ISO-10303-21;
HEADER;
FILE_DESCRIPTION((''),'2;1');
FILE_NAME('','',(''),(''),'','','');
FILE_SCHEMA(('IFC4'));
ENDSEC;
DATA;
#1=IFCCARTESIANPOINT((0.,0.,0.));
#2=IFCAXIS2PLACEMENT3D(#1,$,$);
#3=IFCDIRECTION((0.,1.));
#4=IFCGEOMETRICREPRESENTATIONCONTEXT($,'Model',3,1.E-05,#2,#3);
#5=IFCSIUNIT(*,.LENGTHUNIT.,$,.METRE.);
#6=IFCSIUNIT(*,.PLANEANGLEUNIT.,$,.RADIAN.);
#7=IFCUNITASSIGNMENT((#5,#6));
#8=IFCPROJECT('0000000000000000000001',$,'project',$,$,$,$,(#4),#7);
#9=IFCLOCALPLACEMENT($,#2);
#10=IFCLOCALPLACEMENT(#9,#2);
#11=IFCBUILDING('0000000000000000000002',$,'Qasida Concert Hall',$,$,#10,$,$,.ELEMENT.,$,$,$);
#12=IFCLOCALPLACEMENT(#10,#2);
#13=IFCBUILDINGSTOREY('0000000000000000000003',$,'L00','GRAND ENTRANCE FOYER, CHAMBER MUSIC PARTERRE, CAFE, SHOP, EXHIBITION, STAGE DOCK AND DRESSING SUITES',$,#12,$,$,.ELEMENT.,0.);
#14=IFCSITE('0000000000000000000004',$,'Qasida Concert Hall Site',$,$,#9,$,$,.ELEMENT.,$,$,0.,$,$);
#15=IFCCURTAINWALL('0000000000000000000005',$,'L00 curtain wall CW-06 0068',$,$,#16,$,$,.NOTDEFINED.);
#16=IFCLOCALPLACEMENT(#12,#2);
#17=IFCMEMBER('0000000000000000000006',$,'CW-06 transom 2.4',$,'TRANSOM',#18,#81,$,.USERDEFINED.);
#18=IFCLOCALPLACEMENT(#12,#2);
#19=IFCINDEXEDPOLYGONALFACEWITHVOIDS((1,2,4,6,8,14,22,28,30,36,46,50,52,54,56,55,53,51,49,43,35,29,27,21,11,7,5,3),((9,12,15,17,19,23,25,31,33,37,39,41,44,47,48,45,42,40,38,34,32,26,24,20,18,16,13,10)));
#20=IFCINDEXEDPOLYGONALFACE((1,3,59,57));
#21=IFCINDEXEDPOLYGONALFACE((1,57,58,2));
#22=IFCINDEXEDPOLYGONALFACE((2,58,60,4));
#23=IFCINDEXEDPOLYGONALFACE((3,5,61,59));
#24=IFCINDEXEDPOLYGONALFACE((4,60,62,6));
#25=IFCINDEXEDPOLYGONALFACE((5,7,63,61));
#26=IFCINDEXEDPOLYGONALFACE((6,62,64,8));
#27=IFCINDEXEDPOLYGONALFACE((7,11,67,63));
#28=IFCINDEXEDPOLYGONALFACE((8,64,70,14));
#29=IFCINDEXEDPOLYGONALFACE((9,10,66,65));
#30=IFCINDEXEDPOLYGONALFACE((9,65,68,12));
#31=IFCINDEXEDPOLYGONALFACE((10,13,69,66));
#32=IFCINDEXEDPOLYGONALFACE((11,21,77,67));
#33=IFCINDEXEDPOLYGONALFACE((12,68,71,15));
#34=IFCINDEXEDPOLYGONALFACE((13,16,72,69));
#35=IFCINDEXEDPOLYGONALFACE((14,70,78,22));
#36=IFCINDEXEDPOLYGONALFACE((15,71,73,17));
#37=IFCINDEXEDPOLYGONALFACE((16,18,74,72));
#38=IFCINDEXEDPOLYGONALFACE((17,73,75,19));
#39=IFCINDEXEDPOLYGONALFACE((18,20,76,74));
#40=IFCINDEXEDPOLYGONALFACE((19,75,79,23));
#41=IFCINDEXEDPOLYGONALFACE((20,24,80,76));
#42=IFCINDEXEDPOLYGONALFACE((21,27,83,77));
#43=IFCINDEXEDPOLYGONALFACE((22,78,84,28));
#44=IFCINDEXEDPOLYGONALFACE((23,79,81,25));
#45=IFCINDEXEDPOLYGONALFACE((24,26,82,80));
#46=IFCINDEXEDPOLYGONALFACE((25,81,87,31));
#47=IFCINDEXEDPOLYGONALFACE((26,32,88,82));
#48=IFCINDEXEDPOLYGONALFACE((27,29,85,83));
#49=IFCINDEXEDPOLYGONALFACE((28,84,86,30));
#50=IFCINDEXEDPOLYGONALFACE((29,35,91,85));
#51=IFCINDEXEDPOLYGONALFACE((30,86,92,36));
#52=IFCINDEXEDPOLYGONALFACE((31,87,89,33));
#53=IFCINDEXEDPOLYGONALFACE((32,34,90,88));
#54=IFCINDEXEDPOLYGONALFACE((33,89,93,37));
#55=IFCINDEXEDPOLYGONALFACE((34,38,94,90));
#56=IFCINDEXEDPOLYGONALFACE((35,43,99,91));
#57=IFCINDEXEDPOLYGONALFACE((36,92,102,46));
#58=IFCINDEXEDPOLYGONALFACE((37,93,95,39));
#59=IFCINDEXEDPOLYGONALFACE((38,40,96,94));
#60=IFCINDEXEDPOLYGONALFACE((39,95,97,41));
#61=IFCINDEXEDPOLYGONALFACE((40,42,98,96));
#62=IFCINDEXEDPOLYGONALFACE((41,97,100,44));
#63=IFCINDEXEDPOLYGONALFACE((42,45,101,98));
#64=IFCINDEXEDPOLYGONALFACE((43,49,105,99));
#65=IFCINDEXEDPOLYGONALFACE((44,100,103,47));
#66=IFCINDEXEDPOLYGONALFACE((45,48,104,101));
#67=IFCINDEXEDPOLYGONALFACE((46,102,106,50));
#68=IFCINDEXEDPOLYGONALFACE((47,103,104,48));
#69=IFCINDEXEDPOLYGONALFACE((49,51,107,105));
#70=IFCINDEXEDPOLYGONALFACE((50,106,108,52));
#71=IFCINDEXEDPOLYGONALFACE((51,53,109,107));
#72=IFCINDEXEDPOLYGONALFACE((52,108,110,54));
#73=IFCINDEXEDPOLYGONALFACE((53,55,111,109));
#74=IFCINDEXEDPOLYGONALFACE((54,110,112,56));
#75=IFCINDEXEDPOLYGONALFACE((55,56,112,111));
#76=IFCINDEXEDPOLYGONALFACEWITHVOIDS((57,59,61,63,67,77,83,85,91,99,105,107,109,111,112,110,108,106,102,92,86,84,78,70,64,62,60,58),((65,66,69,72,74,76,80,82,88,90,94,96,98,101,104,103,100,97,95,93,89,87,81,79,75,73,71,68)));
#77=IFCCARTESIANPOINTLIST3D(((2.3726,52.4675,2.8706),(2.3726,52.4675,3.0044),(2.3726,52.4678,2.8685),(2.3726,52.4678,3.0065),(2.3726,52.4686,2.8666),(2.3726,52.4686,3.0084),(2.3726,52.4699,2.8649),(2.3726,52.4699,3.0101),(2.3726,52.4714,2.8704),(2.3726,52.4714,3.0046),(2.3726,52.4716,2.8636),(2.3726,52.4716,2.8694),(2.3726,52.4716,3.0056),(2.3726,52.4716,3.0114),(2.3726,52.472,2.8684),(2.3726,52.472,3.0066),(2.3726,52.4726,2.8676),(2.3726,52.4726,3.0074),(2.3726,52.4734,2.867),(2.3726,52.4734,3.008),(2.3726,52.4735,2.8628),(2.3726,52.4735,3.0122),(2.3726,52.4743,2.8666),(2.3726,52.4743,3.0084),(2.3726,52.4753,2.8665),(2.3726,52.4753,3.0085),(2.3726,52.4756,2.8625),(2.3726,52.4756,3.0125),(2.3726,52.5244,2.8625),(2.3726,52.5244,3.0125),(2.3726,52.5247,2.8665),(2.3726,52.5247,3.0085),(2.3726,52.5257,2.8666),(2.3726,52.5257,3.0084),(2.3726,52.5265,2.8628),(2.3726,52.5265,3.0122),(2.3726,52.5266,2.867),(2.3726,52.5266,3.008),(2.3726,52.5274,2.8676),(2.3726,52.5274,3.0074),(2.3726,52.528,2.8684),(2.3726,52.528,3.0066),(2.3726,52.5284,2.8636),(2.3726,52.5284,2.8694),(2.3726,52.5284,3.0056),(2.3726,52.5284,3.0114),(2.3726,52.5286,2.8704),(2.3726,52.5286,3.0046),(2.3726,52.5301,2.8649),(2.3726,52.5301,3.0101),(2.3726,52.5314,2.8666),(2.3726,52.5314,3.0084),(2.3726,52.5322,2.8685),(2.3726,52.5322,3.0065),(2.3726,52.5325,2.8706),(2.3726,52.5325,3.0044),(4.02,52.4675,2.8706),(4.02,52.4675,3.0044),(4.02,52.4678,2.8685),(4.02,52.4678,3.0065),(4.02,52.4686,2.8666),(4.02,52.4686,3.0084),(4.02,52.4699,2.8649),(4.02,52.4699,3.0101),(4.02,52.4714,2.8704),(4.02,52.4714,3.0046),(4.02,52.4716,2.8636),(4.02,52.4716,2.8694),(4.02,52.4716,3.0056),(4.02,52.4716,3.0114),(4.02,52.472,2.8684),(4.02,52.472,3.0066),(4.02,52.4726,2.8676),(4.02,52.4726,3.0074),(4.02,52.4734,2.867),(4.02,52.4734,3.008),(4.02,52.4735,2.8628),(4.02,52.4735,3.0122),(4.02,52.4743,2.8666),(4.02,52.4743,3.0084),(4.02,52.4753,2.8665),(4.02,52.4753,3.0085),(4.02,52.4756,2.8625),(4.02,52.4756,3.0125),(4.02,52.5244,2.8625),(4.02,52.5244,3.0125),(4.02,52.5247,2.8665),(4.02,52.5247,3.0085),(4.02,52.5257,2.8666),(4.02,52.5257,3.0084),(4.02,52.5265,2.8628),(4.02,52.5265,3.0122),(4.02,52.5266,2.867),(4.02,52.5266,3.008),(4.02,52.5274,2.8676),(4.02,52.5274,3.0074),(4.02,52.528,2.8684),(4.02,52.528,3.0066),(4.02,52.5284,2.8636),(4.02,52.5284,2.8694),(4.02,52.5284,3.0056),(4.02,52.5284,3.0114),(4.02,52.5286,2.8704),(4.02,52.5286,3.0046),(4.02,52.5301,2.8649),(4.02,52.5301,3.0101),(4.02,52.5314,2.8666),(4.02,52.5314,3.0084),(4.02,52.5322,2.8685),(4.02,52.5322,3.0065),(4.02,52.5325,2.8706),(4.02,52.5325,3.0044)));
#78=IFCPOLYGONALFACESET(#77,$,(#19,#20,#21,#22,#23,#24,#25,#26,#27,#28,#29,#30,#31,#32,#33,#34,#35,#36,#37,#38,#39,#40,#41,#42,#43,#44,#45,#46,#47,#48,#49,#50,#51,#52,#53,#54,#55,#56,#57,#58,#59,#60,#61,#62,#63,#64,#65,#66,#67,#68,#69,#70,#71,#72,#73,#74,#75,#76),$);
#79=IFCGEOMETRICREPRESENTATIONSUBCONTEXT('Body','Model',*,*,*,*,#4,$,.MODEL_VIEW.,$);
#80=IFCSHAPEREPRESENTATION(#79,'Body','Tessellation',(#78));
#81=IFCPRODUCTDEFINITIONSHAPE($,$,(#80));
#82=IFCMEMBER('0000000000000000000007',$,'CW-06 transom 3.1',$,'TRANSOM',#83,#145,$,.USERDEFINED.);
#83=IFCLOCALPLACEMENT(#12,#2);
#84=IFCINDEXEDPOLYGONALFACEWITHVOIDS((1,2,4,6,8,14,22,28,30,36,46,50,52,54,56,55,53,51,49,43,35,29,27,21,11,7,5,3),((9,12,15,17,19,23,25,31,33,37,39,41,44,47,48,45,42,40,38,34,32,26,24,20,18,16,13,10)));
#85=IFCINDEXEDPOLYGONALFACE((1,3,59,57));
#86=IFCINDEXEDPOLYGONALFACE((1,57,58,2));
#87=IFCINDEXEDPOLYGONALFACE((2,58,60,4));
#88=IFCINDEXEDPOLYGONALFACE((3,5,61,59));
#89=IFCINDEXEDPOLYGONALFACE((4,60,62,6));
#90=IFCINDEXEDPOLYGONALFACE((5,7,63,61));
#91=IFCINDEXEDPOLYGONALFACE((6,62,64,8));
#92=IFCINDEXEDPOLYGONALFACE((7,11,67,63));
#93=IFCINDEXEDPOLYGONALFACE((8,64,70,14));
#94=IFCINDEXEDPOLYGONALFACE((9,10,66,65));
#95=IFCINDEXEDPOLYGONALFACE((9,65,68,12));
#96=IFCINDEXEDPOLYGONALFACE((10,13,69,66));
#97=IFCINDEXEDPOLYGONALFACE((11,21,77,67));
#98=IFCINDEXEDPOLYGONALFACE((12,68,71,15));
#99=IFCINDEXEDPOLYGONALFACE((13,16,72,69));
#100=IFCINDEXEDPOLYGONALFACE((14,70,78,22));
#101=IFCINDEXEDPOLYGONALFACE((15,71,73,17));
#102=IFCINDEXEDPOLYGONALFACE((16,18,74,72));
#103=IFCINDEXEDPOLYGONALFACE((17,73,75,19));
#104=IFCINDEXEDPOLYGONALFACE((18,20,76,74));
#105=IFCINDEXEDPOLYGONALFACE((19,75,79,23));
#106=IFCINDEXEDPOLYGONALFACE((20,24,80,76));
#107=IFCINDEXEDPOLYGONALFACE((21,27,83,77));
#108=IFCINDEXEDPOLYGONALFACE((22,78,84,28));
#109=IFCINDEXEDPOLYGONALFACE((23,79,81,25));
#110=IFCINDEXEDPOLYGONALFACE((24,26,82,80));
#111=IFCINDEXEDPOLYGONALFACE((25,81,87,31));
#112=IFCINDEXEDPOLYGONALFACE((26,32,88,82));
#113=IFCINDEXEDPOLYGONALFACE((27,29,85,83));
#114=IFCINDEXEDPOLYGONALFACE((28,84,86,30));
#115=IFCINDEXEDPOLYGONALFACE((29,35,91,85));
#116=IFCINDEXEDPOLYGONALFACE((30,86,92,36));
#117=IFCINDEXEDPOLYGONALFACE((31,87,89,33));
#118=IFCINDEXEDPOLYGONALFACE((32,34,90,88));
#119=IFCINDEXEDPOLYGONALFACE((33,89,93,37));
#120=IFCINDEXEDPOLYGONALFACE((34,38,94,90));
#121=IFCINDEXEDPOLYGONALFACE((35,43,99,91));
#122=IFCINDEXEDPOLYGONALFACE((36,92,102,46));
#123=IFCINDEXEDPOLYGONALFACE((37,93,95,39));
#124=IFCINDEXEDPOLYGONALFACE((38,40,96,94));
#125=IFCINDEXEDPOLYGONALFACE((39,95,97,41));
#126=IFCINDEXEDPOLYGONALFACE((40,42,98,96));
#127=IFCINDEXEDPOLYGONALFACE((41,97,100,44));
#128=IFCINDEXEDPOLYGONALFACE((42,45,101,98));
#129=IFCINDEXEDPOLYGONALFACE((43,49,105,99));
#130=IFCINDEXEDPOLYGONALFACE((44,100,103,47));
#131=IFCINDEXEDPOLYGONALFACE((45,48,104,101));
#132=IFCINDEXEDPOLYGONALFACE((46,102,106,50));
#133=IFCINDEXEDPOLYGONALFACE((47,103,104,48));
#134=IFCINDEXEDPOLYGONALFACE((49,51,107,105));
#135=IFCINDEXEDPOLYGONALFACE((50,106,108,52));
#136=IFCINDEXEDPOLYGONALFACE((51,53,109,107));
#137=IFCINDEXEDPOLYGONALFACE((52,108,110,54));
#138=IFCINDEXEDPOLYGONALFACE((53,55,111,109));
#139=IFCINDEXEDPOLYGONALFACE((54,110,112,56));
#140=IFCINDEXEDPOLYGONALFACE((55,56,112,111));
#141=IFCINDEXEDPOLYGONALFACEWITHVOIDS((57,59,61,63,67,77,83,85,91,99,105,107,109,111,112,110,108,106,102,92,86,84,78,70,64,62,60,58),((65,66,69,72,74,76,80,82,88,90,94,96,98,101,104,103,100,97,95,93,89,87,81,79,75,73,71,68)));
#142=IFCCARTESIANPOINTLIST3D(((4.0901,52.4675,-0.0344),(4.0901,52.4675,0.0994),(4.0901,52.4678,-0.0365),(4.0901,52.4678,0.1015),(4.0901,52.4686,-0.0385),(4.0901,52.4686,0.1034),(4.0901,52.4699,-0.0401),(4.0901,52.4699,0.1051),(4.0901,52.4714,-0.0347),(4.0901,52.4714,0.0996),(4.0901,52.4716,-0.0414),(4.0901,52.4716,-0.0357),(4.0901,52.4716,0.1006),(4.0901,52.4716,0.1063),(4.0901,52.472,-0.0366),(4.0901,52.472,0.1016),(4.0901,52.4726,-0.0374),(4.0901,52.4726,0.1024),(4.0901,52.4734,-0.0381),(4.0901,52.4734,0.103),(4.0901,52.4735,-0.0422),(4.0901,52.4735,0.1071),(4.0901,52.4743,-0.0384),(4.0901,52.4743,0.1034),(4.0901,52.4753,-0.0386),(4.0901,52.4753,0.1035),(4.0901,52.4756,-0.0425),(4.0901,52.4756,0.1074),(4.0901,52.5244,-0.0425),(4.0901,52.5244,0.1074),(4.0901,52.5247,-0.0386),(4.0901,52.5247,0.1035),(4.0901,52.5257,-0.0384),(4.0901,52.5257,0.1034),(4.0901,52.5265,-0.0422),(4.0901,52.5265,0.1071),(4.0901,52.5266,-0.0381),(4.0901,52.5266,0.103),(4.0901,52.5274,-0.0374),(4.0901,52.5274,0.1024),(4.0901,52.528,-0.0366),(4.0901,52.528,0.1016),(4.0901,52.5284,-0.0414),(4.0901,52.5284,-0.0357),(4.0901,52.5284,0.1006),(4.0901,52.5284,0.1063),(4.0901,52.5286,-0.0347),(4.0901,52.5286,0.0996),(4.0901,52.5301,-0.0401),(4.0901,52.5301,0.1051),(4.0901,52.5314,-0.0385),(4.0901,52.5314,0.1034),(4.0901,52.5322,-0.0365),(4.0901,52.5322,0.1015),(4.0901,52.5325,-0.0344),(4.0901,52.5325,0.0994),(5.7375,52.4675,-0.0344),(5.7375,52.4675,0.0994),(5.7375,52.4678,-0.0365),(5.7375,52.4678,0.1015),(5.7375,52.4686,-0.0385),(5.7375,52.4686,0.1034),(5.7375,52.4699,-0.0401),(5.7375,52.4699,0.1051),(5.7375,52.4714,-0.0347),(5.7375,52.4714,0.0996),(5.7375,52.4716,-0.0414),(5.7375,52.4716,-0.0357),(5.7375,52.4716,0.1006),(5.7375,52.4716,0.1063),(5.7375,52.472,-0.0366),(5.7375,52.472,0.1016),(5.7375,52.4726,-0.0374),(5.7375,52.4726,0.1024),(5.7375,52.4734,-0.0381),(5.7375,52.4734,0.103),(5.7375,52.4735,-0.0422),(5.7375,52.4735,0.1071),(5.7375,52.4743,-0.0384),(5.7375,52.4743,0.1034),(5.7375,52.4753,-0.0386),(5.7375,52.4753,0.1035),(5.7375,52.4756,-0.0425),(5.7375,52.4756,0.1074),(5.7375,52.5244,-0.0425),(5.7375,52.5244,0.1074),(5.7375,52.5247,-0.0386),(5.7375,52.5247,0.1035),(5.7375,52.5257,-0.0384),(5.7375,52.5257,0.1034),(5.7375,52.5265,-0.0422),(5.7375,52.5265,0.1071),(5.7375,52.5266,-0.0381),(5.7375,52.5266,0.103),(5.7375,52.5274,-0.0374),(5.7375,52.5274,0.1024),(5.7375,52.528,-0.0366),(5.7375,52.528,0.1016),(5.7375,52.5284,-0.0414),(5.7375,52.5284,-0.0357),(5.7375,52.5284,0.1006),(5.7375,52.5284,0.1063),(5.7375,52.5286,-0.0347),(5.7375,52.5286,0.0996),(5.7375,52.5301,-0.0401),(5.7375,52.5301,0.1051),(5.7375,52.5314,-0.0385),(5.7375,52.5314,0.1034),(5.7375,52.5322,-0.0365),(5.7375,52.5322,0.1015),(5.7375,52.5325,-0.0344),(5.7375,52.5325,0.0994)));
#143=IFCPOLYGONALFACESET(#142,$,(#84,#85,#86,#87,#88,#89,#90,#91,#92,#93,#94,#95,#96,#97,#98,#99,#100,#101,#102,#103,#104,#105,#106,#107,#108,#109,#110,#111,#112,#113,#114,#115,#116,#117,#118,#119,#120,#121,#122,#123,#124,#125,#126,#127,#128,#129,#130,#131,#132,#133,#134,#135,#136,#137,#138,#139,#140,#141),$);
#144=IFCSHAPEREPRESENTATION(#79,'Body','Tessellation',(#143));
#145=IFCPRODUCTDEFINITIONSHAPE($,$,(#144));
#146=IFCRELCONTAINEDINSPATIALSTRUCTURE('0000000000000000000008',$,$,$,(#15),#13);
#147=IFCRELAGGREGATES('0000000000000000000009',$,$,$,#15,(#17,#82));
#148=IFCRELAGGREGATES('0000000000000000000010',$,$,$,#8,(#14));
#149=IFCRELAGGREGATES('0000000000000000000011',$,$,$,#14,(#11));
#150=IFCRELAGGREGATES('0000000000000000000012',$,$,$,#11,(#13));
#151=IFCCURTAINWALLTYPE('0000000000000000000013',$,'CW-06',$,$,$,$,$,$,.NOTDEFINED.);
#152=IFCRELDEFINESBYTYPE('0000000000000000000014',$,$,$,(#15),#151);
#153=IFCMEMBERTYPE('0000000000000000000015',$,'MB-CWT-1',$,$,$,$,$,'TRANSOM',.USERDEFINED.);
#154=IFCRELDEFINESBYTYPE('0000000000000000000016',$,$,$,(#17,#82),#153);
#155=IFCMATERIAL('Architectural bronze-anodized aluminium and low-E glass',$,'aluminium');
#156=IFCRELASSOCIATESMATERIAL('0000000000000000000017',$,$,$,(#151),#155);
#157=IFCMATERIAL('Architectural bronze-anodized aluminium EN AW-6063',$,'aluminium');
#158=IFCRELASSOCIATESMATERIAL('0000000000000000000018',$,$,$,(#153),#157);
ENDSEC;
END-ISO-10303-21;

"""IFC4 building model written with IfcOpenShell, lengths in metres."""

from ifc_helpers import new_model, si_unit, direction, frame, origin, origin_2d, place, context, subcontext, project, spatial, hollow_rectangle, extrude, material, material_profile, profile_set, type_object, element, aggregate, save


model = new_model("IFC4")

# Units and contexts
model_context = context("Model", 3, precision=1e-05, world=origin(), true_north=direction((0.0, 1.0)))
body_context = subcontext(model_context, "Body", "Model", "MODEL_VIEW")
ifc_project = project(units=[si_unit("LENGTHUNIT", "METRE"), si_unit("PLANEANGLEUNIT", "RADIAN")], contexts=[model_context])

# Site, building, storey
site_placement = place(None, origin())
site = spatial("IfcSite", under=ifc_project, at=site_placement, Name="Qasida Concert Hall Site", CompositionType="ELEMENT", RefElevation=0.0)
building_placement = place(site_placement, origin())
building = spatial("IfcBuilding", under=site, at=building_placement, Name="Qasida Concert Hall", CompositionType="ELEMENT")
storey_placement = place(building_placement, origin())
storey = spatial("IfcBuildingStorey", under=building, at=storey_placement, Name="L00", Description="GRAND ENTRANCE FOYER, CHAMBER MUSIC PARTERRE, CAFE, SHOP, EXHIBITION, STAGE DOCK AND DRESSING SUITES", CompositionType="ELEMENT", Elevation=0.0)

# Curtain wall, members
ifc_material_1 = material(Name="Architectural bronze-anodized aluminium and low-E glass", Category="aluminium")
curtain_wall_type = type_object("IfcCurtainWallType", Name="CW-06", PredefinedType="NOTDEFINED", material=ifc_material_1)
curtain_wall_placement = place(storey_placement, origin())
curtain_wall = element("IfcCurtainWall", 1, at=curtain_wall_placement, inside=storey, type_object=curtain_wall_type, Name="L00 curtain wall CW-06 0068", PredefinedType="NOTDEFINED")
ifc_material_2 = material(Name="Architectural bronze-anodized aluminium EN AW-6063", Category="aluminium")
ifc_material_profile_1 = material_profile(ifc_material_2, hollow_rectangle(XDim=0.0649, YDim=0.1499, WallThickness=0.0039, InnerFilletRadius=0.0039, OuterFilletRadius=0.0081, at=origin_2d()), Name="CWT 150x65x4")
ifc_profile_set_1 = profile_set([ifc_material_profile_1], Name="Architectural bronze-anodized aluminium EN AW-6063")
member_type_1 = type_object("IfcMemberType", Name="MB-CWT-1", ElementType="TRANSOM", PredefinedType="USERDEFINED", material=ifc_profile_set_1)
member_1_placement = place(storey_placement, frame((2.3726, 52.5, 2.9375), z_axis=(1.0, 0.0, 0.0), x_axis=(0.0, 1.0, 0.0)))
member_1 = element("IfcMember", 2, at=member_1_placement, type_object=member_type_1, Name="CW-06 transom 2.4", ObjectType="TRANSOM", PredefinedType="USERDEFINED", context=body_context, shape_type="SweptSolid", body=[
    extrude(hollow_rectangle(XDim=0.0649, YDim=0.1499, WallThickness=0.0039, InnerFilletRadius=0.0039, OuterFilletRadius=0.0081, at=origin_2d()), origin(), (0.0, 0.0, 1.0), 1.6475),
])
member_2_placement = place(storey_placement, frame((4.0901, 52.5, 0.0325), z_axis=(1.0, 0.0, 0.0), x_axis=(0.0, 1.0, 0.0)))
member_2 = element("IfcMember", 3, at=member_2_placement, type_object=member_type_1, Name="CW-06 transom 3.1", ObjectType="TRANSOM", PredefinedType="USERDEFINED", context=body_context, shape_type="SweptSolid", body=[
    extrude(hollow_rectangle(XDim=0.0649, YDim=0.1499, WallThickness=0.0039, InnerFilletRadius=0.0039, OuterFilletRadius=0.0081, at=origin_2d()), origin(), (0.0, 0.0, 1.0), 1.6475),
])
aggregate(curtain_wall, [member_1, member_2])

save(model, "model.ifc")
